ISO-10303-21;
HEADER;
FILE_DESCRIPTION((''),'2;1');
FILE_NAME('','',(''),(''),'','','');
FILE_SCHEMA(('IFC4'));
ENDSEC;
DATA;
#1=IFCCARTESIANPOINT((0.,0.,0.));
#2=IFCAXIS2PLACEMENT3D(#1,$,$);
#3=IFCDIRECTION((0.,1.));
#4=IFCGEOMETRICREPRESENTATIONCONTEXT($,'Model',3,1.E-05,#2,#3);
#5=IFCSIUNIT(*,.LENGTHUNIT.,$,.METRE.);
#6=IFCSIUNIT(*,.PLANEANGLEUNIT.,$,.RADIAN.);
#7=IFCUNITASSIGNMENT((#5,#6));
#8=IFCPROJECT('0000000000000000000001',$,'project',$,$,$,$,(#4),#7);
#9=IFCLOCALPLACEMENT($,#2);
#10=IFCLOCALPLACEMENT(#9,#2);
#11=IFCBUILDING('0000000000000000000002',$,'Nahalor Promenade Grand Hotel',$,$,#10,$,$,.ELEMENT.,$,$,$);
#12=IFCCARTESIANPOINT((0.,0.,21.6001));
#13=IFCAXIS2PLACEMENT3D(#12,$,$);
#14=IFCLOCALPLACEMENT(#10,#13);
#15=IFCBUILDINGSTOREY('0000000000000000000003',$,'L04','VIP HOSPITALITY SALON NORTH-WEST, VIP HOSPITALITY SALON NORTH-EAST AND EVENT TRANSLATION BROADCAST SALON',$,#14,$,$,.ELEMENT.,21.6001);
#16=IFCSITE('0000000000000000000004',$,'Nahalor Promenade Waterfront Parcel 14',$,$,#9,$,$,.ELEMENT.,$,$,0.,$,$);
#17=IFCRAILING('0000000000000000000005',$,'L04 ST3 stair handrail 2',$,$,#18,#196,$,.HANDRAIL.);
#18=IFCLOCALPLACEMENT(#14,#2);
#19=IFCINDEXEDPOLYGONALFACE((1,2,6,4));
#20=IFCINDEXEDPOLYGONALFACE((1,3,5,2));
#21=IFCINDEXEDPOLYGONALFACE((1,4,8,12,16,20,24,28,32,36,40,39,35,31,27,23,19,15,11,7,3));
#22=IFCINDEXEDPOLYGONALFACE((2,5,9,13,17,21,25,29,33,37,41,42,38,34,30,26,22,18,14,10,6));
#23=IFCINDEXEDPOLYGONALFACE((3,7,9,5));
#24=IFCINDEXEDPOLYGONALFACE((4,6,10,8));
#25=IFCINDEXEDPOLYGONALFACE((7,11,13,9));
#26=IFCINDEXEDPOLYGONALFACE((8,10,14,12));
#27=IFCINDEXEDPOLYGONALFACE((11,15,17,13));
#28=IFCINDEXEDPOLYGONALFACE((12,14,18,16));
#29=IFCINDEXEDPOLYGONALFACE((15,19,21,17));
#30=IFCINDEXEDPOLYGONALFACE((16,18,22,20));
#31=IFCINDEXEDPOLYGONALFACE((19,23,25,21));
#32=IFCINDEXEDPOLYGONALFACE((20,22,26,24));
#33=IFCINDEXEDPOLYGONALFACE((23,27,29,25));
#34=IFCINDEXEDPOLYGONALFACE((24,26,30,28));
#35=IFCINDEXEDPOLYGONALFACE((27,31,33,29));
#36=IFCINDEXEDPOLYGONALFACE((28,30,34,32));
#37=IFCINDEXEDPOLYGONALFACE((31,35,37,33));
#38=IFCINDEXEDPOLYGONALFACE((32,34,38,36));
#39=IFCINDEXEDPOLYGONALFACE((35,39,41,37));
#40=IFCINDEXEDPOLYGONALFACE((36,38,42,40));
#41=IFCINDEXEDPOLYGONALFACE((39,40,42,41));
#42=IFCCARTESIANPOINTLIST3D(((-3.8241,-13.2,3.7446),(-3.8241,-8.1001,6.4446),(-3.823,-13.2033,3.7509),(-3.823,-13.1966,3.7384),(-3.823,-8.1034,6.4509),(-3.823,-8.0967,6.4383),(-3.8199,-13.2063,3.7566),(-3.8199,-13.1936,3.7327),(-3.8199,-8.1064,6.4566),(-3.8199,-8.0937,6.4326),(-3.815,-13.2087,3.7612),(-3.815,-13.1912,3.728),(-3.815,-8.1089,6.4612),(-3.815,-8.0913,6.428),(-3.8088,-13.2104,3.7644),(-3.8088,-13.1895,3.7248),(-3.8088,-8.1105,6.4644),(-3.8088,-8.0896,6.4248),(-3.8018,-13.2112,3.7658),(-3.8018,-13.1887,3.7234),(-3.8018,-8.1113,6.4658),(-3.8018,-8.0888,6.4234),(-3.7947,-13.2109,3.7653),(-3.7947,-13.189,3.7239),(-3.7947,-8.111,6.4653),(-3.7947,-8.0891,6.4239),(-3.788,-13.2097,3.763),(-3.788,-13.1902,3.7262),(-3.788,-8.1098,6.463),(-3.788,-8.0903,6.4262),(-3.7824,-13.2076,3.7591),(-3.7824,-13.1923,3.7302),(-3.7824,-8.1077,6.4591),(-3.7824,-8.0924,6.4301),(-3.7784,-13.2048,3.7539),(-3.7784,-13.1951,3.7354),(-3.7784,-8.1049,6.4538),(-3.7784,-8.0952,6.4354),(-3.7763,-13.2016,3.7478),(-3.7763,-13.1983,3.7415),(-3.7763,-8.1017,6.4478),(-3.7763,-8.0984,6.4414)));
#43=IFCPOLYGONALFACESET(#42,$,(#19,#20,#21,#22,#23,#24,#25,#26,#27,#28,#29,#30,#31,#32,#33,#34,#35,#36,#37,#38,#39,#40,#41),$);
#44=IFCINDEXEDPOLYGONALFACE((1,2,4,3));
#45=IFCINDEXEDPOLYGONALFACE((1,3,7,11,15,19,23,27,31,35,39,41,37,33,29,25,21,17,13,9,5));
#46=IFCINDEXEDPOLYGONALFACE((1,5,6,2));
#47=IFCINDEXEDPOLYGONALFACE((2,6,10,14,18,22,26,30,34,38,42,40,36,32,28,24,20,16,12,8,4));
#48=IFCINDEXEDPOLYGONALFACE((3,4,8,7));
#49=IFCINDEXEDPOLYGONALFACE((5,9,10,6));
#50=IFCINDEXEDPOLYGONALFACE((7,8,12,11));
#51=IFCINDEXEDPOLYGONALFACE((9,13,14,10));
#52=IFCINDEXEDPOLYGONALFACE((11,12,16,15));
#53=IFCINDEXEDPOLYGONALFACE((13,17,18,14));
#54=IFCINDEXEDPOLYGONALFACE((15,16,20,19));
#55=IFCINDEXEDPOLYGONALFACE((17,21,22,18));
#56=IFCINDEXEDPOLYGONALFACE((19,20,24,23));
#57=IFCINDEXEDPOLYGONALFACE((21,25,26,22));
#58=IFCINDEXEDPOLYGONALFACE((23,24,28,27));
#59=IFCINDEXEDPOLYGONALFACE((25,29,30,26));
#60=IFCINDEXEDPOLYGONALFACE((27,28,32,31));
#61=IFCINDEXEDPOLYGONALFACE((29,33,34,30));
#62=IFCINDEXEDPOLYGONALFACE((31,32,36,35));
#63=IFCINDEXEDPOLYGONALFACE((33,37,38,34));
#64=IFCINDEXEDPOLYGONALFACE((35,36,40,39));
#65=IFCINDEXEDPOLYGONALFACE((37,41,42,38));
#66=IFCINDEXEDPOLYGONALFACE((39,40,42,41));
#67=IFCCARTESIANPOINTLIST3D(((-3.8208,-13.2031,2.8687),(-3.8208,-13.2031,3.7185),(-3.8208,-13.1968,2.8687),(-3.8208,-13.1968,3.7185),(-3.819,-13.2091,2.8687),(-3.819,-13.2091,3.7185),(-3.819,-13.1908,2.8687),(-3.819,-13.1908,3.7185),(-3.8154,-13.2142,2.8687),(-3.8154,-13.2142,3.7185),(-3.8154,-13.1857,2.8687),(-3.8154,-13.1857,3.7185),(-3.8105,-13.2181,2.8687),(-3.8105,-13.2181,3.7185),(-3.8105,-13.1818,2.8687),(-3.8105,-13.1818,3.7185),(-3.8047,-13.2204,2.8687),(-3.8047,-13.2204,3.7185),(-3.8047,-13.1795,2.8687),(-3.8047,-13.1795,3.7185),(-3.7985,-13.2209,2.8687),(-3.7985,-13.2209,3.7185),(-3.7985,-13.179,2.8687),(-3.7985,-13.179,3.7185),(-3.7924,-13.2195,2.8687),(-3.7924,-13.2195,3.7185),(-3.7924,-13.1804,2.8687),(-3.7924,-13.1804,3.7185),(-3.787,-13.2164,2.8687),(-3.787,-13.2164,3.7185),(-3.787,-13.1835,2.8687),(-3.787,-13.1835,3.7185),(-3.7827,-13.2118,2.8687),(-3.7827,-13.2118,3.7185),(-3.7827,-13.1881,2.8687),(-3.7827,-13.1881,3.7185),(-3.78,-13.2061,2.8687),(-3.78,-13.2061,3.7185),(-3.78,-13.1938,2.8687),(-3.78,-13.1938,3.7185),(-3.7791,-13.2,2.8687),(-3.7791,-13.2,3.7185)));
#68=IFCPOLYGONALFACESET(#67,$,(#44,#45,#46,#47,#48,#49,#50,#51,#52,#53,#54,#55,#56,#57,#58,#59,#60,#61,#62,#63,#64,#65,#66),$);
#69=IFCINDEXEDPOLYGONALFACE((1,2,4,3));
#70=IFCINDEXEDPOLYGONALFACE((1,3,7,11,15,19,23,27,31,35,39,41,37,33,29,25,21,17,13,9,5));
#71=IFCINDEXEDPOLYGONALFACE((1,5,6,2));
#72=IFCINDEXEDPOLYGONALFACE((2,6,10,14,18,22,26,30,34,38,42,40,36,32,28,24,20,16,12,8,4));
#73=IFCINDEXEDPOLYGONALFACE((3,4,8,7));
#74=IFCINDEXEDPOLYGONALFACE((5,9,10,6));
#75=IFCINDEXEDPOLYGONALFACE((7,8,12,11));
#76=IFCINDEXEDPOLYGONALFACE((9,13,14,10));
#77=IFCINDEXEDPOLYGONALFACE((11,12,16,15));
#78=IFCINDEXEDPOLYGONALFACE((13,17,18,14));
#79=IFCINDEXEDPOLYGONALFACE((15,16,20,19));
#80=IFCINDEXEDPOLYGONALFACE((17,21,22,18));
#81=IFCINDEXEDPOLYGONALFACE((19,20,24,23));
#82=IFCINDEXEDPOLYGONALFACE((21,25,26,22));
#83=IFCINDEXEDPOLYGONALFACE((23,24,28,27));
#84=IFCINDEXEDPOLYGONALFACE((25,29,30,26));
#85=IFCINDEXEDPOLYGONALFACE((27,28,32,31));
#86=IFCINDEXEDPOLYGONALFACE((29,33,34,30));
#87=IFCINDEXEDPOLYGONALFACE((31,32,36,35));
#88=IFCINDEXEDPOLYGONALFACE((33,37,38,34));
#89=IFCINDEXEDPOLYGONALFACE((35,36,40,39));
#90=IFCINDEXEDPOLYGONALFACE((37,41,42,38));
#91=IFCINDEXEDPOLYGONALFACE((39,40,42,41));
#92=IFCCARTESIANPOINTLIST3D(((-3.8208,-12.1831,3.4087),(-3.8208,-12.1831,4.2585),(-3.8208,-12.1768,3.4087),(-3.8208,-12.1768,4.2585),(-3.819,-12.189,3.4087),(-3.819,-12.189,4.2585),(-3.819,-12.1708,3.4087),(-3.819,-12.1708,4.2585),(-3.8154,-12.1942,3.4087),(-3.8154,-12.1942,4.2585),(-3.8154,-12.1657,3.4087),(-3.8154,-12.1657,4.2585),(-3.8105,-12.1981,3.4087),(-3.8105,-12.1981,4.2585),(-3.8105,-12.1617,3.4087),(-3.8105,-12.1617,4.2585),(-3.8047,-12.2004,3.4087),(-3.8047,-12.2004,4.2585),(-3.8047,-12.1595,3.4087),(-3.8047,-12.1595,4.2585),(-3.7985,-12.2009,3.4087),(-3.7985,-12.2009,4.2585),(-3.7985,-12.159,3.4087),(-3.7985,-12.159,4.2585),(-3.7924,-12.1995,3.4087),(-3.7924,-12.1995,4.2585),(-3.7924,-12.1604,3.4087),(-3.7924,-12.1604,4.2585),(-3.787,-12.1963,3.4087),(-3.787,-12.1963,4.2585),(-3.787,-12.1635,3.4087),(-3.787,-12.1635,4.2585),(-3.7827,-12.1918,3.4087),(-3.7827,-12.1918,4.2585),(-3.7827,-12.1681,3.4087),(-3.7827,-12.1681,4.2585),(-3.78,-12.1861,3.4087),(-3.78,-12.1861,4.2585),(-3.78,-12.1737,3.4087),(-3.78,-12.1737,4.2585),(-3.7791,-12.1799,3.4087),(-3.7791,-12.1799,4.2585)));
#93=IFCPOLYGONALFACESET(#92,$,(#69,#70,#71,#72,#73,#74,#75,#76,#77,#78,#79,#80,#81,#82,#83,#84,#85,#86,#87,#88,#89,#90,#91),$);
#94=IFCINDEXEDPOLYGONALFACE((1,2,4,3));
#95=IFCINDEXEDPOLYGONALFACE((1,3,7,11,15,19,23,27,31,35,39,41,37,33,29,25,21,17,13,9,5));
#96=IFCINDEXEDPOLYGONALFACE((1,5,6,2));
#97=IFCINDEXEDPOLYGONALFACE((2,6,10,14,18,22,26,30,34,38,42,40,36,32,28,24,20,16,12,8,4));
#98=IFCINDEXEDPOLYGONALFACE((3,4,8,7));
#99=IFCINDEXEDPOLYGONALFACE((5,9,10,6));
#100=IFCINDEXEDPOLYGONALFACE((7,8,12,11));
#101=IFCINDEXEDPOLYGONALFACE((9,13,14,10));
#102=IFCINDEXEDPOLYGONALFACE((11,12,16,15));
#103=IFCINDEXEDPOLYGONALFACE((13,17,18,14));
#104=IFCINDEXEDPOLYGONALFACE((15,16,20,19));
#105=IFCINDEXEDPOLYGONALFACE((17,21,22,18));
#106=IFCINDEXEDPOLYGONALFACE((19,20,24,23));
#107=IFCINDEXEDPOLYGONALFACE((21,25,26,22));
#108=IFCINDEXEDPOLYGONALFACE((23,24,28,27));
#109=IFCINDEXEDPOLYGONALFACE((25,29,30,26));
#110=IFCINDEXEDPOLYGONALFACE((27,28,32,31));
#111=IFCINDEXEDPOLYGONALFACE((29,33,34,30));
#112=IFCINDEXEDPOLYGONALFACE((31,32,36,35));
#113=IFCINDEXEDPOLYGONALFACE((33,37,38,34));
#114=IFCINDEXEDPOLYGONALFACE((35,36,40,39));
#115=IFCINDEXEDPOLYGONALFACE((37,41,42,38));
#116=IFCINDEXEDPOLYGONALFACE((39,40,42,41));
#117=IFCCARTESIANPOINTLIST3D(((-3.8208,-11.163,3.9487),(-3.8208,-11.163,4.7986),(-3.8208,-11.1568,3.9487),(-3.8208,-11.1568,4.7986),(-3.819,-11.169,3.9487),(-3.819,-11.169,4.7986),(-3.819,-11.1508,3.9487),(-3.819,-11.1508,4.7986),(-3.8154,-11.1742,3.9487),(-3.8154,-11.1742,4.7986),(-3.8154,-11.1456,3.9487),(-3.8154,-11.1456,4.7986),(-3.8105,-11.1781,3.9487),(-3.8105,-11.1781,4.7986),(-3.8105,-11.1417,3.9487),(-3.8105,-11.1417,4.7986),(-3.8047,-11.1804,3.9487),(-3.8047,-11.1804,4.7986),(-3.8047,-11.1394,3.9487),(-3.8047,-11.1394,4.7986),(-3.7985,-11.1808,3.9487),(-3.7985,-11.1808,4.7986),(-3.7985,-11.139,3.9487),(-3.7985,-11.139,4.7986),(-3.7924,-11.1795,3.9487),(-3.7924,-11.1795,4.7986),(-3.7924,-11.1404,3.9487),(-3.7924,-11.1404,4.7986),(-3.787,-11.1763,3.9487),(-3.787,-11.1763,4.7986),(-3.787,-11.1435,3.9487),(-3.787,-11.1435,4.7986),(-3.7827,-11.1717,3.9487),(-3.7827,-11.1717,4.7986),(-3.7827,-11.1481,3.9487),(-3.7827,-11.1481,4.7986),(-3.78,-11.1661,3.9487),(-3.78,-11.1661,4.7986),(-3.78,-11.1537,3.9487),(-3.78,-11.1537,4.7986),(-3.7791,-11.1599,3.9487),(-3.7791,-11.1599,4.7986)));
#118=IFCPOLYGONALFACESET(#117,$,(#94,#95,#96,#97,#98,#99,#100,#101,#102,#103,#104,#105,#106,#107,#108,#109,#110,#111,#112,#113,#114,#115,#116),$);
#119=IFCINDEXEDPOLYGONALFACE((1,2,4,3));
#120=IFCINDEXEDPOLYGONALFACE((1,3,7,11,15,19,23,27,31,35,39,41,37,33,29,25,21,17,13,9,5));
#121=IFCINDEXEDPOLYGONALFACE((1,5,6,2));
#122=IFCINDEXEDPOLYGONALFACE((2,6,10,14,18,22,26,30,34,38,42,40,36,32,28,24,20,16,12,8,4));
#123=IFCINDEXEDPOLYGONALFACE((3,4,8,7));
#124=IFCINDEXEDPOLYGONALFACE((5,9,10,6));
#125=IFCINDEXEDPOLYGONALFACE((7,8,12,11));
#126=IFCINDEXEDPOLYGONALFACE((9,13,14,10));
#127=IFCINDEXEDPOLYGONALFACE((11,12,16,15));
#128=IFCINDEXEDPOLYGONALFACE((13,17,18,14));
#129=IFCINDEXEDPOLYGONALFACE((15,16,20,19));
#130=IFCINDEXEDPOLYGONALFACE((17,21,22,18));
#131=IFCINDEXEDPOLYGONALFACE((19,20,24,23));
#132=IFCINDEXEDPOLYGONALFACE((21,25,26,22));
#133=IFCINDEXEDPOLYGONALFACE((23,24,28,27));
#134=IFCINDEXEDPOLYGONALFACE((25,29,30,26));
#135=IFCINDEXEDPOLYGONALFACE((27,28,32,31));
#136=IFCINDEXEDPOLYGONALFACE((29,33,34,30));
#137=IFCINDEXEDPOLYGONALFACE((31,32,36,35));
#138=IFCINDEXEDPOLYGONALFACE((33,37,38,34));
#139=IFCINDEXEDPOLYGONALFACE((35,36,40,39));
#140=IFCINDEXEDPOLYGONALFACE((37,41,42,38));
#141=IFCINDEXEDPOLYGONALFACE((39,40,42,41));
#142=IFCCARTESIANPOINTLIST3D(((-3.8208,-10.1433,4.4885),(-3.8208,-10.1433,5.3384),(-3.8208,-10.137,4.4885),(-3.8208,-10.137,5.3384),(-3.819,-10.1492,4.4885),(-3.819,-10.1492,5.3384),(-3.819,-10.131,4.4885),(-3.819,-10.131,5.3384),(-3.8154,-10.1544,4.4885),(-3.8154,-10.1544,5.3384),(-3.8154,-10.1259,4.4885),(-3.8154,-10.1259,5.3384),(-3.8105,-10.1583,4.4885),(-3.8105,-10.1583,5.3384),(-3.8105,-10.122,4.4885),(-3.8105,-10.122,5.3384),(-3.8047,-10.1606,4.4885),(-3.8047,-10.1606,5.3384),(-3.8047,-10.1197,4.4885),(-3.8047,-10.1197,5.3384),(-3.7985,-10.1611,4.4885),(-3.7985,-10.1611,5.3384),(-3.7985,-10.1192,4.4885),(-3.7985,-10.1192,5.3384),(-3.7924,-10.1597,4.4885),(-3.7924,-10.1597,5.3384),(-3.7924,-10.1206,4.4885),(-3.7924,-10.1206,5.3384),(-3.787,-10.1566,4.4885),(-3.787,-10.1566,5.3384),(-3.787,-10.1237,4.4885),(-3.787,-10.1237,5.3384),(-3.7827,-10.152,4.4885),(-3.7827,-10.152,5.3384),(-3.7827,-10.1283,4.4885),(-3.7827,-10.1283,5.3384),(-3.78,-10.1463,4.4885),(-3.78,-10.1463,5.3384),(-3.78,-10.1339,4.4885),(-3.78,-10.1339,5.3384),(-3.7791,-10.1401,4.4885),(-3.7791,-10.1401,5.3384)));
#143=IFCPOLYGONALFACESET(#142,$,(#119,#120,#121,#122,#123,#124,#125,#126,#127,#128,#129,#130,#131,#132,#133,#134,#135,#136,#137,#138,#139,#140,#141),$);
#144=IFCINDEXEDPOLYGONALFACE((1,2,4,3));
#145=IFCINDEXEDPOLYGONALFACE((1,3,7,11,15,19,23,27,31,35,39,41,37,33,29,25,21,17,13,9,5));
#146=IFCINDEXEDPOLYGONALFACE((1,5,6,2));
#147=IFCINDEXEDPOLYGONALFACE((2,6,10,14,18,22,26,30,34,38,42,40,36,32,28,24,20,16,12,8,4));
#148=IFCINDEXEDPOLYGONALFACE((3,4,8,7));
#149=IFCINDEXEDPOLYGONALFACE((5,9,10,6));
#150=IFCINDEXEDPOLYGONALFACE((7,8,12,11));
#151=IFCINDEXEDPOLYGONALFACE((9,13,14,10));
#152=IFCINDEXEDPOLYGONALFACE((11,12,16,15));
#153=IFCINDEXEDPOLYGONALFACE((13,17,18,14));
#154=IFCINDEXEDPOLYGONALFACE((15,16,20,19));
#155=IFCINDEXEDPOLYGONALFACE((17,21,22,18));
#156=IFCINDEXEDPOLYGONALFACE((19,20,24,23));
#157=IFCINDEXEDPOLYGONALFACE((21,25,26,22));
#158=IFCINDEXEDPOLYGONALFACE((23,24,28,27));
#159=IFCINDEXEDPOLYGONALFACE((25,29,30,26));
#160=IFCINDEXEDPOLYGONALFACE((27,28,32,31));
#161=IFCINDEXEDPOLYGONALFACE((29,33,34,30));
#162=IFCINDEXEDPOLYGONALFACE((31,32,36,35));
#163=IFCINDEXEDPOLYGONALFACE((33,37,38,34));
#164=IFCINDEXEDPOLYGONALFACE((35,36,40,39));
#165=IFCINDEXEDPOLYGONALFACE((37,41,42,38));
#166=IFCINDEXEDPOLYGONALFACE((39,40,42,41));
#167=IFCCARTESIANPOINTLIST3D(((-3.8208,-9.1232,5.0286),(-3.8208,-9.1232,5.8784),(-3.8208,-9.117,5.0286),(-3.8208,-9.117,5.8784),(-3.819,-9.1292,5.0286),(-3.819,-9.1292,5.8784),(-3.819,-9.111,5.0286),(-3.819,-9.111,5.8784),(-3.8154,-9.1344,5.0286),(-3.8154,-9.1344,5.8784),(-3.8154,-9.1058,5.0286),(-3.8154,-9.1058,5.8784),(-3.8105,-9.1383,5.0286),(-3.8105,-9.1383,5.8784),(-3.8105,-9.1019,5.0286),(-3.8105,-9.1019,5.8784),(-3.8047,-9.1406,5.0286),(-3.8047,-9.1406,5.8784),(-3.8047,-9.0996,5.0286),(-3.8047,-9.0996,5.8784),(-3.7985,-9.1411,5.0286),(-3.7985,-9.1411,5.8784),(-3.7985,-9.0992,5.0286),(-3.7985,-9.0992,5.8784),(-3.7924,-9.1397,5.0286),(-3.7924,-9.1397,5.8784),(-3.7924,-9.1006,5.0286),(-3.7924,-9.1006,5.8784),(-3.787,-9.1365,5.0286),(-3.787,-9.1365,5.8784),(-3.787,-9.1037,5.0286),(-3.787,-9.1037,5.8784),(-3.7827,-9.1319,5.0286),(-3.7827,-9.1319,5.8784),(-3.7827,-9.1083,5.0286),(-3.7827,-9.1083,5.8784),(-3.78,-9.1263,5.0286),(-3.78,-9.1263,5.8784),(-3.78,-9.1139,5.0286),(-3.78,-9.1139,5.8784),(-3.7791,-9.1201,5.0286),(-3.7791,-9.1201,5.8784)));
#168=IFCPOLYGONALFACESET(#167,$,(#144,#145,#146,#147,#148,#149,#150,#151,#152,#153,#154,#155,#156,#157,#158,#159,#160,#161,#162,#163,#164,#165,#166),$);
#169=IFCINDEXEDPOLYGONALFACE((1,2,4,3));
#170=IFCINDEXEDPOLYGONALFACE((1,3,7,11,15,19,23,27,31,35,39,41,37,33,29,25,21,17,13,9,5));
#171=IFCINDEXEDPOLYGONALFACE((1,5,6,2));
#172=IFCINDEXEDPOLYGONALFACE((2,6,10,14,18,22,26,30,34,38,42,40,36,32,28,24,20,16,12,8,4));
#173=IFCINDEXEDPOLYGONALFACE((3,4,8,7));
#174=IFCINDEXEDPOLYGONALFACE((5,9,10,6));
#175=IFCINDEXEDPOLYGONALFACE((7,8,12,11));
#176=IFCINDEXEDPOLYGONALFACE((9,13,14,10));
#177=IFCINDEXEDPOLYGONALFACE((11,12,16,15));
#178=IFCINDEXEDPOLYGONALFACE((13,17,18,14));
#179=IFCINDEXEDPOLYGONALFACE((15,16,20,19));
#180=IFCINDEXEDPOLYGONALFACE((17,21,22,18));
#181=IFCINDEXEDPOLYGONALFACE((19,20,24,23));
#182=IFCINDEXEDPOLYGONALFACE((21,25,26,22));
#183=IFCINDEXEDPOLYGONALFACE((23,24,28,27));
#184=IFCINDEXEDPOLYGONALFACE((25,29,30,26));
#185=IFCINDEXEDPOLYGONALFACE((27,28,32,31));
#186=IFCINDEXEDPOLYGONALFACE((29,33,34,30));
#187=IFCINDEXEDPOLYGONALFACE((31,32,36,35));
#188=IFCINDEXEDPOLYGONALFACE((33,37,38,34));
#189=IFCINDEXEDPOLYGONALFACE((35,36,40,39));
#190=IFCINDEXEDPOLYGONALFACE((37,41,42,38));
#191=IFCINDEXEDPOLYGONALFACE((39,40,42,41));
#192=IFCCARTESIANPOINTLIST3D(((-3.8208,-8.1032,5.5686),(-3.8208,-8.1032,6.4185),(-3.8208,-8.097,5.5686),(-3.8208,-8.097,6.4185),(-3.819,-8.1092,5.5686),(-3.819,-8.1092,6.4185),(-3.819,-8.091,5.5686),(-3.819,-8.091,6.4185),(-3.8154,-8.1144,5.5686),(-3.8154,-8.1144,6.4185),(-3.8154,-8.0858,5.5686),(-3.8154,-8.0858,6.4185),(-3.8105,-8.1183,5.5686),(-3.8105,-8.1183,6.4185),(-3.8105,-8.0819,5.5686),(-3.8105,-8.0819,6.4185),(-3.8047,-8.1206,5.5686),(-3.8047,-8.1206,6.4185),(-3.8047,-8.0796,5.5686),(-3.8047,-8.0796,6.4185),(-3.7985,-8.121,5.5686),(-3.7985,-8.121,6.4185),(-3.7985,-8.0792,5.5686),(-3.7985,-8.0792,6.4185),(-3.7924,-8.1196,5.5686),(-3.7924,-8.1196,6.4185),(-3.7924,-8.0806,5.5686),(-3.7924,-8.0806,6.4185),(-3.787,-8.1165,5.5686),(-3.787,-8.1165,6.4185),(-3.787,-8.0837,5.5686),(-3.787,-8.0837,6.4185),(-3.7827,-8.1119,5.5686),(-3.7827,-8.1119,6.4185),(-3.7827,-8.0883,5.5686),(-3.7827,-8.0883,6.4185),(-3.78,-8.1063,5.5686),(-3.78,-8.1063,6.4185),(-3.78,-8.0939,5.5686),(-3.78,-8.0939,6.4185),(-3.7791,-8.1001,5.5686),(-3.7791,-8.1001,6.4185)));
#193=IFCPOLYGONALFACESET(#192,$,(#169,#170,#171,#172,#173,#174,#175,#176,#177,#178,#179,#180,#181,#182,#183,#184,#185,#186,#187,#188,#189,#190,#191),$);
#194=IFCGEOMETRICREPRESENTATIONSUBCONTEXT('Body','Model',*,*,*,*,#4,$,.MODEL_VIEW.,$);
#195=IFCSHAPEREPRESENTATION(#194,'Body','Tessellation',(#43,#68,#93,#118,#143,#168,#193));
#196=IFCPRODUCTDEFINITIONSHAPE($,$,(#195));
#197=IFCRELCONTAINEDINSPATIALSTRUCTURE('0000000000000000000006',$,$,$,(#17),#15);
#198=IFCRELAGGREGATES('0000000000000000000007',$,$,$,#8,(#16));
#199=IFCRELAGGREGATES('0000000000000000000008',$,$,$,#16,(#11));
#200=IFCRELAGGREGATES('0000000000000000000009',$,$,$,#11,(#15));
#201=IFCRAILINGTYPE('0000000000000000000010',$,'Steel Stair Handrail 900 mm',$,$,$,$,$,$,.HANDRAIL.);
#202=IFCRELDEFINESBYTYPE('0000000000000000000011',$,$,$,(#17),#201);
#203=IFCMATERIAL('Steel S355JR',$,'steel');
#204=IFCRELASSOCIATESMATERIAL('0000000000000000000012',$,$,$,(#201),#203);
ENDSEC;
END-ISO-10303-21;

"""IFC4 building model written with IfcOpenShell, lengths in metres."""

from ifc_helpers import new_model, si_unit, direction, frame, origin, origin_2d, place, context, subcontext, project, spatial, circle, extrude, material, type_object, element, save


model = new_model("IFC4")

# Units and contexts
model_context = context("Model", 3, precision=1e-05, world=origin(), true_north=direction((0.0, 1.0)))
body_context = subcontext(model_context, "Body", "Model", "MODEL_VIEW")
ifc_project = project(units=[si_unit("LENGTHUNIT", "METRE"), si_unit("PLANEANGLEUNIT", "RADIAN")], contexts=[model_context])

# Site, building, storey
site_placement = place(None, origin())
site = spatial("IfcSite", under=ifc_project, at=site_placement, Name="Nahalor Promenade Waterfront Parcel 14", CompositionType="ELEMENT", RefElevation=0.0)
building_placement = place(site_placement, origin())
building = spatial("IfcBuilding", under=site, at=building_placement, Name="Nahalor Promenade Grand Hotel", CompositionType="ELEMENT")
storey_placement = place(building_placement, frame((0.0, 0.0, 21.6001)))
storey = spatial("IfcBuildingStorey", under=building, at=storey_placement, Name="L04", Description="VIP HOSPITALITY SALON NORTH-WEST, VIP HOSPITALITY SALON NORTH-EAST AND EVENT TRANSLATION BROADCAST SALON", CompositionType="ELEMENT", Elevation=21.6001)

# Shared definitions
ifc_material_1 = material(Name="Steel S355JR", Category="steel")

# Railing
railing_type_1 = type_object("IfcRailingType", Name="Steel Stair Handrail 900 mm", PredefinedType="HANDRAIL", material=ifc_material_1)
railing_1_placement = place(storey_placement, frame((-3.8, -13.2, 2.8687)))
element("IfcRailing", 1, at=railing_1_placement, inside=storey, type_object=railing_type_1, Name="L04 ST3 stair handrail 2", PredefinedType="HANDRAIL", context=body_context, shape_type="SweptSolid", body=[
    extrude(circle(Radius=0.024, at=origin_2d()), frame((0.0, 0.0, 0.876), z_axis=(0.0, 0.883786, 0.467892), x_axis=(-1.0, 0.0, 0.0)), (0.0, 0.0, 1.0), 5.7705),
    extrude(circle(Radius=0.021, at=origin_2d()), origin(), (0.0, 0.0, 1.0), 0.8499),
    extrude(circle(Radius=0.021, at=origin_2d()), frame((0.0, 1.02, 0.54)), (0.0, 0.0, 1.0), 0.8499),
    extrude(circle(Radius=0.021, at=origin_2d()), frame((0.0, 2.04, 1.0801)), (0.0, 0.0, 1.0), 0.8499),
    extrude(circle(Radius=0.021, at=origin_2d()), frame((0.0, 3.0598, 1.6199)), (0.0, 0.0, 1.0), 0.8499),
    extrude(circle(Radius=0.021, at=origin_2d()), frame((0.0, 4.0798, 2.1599)), (0.0, 0.0, 1.0), 0.8499),
    extrude(circle(Radius=0.021, at=origin_2d()), frame((0.0, 5.0999, 2.7)), (0.0, 0.0, 1.0), 0.8499),
])

save(model, "model.ifc")
